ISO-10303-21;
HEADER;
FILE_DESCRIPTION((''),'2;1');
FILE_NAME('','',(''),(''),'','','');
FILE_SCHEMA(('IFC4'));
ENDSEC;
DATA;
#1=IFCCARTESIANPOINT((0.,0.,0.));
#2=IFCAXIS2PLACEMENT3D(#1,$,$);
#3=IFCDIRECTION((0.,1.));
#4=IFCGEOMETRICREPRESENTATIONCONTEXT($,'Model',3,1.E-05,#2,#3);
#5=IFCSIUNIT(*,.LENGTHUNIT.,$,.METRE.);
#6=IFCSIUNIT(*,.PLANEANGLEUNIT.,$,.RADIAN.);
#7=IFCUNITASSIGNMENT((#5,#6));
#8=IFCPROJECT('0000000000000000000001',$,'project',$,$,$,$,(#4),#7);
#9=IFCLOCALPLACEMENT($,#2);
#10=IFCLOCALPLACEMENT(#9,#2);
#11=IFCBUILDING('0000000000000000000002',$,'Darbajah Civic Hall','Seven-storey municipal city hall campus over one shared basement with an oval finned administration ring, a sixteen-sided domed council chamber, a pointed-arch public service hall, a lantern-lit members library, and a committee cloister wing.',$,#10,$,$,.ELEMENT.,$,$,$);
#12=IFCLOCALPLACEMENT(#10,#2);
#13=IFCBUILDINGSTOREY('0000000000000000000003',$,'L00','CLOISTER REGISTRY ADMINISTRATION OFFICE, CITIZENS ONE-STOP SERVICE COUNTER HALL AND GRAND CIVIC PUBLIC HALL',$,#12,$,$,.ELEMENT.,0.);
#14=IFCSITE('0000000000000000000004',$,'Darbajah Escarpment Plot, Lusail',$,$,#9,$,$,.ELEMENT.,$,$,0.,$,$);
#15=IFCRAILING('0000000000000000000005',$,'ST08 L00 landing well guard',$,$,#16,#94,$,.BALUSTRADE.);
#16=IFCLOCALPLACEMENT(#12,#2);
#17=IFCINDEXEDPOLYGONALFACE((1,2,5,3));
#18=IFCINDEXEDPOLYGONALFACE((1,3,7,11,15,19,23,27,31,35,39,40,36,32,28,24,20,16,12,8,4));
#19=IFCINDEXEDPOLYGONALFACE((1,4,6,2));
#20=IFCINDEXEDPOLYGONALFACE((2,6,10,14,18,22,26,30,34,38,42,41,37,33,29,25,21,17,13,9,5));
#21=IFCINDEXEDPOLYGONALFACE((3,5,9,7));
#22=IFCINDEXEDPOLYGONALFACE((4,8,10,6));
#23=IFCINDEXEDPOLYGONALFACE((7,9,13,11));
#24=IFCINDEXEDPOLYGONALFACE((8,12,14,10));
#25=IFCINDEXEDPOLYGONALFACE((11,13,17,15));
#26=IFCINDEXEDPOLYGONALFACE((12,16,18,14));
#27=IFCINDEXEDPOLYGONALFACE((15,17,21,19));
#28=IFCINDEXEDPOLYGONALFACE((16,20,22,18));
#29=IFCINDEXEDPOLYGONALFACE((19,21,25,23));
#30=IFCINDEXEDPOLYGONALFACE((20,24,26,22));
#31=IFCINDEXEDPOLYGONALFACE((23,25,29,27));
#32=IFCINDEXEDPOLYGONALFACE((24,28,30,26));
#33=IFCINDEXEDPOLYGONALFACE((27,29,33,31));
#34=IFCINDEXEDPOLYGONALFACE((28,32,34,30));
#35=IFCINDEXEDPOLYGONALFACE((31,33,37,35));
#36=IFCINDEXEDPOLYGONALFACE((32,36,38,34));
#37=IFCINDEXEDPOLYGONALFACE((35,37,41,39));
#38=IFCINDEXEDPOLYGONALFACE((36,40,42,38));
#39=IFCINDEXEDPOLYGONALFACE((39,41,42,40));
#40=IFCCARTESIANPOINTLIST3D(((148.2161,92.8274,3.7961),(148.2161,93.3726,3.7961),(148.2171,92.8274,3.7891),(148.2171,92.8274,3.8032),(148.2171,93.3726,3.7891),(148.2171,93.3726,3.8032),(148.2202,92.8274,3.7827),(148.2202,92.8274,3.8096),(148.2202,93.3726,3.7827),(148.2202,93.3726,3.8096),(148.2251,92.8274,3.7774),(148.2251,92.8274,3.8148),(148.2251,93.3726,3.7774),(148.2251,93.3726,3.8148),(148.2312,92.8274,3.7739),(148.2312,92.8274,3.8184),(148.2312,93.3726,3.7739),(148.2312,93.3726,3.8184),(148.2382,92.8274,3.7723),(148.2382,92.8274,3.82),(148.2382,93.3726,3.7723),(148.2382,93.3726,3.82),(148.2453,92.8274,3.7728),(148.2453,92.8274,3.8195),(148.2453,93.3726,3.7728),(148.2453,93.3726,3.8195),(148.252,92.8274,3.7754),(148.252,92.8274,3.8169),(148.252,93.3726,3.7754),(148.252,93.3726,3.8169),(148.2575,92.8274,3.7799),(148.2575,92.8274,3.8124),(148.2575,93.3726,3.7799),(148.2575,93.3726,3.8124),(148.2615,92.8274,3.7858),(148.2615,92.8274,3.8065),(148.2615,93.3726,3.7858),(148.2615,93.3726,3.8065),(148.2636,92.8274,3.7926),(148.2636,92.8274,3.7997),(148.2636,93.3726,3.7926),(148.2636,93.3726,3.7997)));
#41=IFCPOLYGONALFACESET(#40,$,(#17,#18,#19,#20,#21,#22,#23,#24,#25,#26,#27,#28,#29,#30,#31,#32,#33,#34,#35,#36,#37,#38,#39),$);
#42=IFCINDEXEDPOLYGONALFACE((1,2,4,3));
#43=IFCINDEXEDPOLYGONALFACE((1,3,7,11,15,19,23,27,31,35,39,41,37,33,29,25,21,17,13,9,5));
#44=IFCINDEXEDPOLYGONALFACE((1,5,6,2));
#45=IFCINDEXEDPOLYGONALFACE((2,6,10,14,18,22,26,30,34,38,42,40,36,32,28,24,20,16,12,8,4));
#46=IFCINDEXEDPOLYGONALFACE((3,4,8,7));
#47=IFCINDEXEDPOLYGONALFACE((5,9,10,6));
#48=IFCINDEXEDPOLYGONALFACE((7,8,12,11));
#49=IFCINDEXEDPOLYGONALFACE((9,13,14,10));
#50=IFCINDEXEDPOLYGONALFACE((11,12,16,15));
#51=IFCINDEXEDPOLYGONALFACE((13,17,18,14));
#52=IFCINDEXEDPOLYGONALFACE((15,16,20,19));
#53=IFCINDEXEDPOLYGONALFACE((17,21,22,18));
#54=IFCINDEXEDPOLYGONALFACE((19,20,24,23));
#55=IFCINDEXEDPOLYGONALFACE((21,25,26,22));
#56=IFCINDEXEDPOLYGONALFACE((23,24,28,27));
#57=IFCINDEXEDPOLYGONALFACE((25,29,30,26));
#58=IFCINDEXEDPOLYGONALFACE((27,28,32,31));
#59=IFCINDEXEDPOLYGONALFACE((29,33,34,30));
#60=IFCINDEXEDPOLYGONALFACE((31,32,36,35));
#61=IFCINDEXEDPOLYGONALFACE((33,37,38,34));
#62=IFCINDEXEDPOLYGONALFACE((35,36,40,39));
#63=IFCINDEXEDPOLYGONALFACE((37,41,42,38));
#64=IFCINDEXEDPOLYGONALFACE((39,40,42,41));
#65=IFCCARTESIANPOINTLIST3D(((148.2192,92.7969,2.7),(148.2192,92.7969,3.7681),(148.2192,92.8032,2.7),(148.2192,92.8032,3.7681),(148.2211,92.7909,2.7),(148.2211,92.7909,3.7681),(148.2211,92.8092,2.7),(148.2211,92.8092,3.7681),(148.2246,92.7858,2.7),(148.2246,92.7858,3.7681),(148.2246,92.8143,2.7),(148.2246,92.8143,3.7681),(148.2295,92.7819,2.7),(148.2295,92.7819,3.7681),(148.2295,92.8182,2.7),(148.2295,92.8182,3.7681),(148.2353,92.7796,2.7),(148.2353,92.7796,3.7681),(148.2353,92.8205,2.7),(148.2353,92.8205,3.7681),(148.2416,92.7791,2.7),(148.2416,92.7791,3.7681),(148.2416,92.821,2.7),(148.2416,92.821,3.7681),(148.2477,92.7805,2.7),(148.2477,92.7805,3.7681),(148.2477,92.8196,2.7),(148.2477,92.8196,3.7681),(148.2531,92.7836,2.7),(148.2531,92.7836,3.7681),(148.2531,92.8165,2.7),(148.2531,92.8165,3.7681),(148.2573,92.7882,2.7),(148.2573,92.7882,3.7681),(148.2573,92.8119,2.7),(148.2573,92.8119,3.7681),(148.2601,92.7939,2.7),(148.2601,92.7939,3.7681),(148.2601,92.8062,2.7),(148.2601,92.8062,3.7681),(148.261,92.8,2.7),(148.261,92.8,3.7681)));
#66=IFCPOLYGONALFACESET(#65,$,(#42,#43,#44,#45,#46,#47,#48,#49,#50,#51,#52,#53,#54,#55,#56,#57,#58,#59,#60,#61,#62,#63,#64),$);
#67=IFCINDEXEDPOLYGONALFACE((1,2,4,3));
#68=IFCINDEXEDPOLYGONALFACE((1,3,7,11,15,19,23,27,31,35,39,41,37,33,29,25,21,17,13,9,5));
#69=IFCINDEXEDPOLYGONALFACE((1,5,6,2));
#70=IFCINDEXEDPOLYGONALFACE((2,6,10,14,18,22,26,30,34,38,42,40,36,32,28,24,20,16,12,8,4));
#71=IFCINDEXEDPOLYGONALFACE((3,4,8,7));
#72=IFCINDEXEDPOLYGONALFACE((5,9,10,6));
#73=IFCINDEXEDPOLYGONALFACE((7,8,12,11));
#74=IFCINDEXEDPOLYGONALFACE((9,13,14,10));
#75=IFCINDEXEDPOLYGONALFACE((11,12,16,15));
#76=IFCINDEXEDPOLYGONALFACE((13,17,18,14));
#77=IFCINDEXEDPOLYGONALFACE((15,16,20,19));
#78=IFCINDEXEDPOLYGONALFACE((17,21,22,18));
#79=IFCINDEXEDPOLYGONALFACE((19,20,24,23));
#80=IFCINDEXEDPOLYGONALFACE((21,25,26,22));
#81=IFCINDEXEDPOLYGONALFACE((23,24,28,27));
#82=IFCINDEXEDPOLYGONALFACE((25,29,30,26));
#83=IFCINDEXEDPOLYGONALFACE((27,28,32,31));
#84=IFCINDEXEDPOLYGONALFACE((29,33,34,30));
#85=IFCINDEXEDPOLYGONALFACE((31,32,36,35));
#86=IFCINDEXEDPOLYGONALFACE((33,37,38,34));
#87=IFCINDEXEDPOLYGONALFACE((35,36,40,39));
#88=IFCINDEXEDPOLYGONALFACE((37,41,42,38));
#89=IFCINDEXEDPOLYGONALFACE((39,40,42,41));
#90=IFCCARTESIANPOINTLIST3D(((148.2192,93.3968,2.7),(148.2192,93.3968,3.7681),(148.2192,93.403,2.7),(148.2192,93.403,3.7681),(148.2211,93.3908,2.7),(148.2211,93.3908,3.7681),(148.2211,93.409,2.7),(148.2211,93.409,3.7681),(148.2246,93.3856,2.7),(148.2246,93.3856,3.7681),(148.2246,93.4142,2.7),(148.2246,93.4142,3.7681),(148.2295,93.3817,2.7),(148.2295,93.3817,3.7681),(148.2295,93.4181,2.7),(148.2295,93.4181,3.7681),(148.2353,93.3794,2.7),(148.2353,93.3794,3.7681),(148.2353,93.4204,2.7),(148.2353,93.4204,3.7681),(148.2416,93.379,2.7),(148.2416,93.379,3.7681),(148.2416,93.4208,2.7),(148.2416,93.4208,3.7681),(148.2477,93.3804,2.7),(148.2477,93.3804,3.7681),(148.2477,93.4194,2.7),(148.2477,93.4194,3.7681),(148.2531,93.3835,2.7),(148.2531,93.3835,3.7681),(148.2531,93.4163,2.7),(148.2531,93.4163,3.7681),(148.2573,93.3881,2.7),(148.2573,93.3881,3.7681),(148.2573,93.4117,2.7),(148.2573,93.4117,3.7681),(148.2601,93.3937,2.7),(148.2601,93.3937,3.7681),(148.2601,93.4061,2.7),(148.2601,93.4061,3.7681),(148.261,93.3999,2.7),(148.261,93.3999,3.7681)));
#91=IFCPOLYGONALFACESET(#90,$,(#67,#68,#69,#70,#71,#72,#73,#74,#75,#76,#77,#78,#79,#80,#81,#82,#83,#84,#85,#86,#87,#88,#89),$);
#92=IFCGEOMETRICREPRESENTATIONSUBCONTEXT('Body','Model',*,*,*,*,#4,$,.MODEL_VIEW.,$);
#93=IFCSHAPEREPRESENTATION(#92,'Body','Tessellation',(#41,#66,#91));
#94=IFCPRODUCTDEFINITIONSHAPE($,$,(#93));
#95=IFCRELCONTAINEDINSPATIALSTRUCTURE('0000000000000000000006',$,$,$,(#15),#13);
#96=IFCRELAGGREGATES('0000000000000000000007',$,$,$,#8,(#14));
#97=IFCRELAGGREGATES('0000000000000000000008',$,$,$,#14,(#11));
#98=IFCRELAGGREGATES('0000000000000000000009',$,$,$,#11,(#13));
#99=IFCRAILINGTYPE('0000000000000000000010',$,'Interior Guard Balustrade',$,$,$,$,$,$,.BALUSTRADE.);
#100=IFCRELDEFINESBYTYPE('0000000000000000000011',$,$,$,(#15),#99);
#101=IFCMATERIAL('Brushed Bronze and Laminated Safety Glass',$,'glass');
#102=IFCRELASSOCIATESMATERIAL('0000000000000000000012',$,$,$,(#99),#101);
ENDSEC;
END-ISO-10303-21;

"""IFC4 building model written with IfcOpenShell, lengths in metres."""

from ifc_helpers import new_model, si_unit, direction, frame, origin, origin_2d, place, context, subcontext, project, spatial, circle, extrude, material, type_object, element, save


model = new_model("IFC4")

# Units and contexts
model_context = context("Model", 3, precision=1e-05, world=origin(), true_north=direction((0.0, 1.0)))
body_context = subcontext(model_context, "Body", "Model", "MODEL_VIEW")
ifc_project = project(units=[si_unit("LENGTHUNIT", "METRE"), si_unit("PLANEANGLEUNIT", "RADIAN")], contexts=[model_context])

# Site, building, storey
site_placement = place(None, origin())
site = spatial("IfcSite", under=ifc_project, at=site_placement, Name="Darbajah Escarpment Plot, Lusail", CompositionType="ELEMENT", RefElevation=0.0)
building_placement = place(site_placement, origin())
building = spatial("IfcBuilding", under=site, at=building_placement, Name="Darbajah Civic Hall", Description="Seven-storey municipal city hall campus over one shared basement with an oval finned administration ring, a sixteen-sided domed council chamber, a pointed-arch public service hall, a lantern-lit members library, and a committee cloister wing.", CompositionType="ELEMENT")
storey_placement = place(building_placement, origin())
storey = spatial("IfcBuildingStorey", under=building, at=storey_placement, Name="L00", Description="CLOISTER REGISTRY ADMINISTRATION OFFICE, CITIZENS ONE-STOP SERVICE COUNTER HALL AND GRAND CIVIC PUBLIC HALL", CompositionType="ELEMENT", Elevation=0.0)

# Railing
ifc_material_1 = material(Name="Brushed Bronze and Laminated Safety Glass", Category="glass")
railing_type_1 = type_object("IfcRailingType", Name="Interior Guard Balustrade", PredefinedType="BALUSTRADE", material=ifc_material_1)
railing_1_placement = place(storey_placement, frame((148.24, 92.8, 2.7)))
element("IfcRailing", 1, at=railing_1_placement, inside=storey, type_object=railing_type_1, Name="ST08 L00 landing well guard", PredefinedType="BALUSTRADE", context=body_context, shape_type="SweptSolid", body=[
    extrude(circle(Radius=0.0239, at=origin_2d()), frame((0.0, 0.0273, 1.0962), z_axis=(0.0, 1.0, 0.0), x_axis=(-1.0, 0.0, 0.0)), (0.0, 0.0, 1.0), 0.5452),
    extrude(circle(Radius=0.021, at=origin_2d()), origin(), (0.0, 0.0, 1.0), 1.0681),
    extrude(circle(Radius=0.021, at=origin_2d()), frame((0.0, 0.5999, 0.0)), (0.0, 0.0, 1.0), 1.0681),
])

save(model, "model.ifc")
